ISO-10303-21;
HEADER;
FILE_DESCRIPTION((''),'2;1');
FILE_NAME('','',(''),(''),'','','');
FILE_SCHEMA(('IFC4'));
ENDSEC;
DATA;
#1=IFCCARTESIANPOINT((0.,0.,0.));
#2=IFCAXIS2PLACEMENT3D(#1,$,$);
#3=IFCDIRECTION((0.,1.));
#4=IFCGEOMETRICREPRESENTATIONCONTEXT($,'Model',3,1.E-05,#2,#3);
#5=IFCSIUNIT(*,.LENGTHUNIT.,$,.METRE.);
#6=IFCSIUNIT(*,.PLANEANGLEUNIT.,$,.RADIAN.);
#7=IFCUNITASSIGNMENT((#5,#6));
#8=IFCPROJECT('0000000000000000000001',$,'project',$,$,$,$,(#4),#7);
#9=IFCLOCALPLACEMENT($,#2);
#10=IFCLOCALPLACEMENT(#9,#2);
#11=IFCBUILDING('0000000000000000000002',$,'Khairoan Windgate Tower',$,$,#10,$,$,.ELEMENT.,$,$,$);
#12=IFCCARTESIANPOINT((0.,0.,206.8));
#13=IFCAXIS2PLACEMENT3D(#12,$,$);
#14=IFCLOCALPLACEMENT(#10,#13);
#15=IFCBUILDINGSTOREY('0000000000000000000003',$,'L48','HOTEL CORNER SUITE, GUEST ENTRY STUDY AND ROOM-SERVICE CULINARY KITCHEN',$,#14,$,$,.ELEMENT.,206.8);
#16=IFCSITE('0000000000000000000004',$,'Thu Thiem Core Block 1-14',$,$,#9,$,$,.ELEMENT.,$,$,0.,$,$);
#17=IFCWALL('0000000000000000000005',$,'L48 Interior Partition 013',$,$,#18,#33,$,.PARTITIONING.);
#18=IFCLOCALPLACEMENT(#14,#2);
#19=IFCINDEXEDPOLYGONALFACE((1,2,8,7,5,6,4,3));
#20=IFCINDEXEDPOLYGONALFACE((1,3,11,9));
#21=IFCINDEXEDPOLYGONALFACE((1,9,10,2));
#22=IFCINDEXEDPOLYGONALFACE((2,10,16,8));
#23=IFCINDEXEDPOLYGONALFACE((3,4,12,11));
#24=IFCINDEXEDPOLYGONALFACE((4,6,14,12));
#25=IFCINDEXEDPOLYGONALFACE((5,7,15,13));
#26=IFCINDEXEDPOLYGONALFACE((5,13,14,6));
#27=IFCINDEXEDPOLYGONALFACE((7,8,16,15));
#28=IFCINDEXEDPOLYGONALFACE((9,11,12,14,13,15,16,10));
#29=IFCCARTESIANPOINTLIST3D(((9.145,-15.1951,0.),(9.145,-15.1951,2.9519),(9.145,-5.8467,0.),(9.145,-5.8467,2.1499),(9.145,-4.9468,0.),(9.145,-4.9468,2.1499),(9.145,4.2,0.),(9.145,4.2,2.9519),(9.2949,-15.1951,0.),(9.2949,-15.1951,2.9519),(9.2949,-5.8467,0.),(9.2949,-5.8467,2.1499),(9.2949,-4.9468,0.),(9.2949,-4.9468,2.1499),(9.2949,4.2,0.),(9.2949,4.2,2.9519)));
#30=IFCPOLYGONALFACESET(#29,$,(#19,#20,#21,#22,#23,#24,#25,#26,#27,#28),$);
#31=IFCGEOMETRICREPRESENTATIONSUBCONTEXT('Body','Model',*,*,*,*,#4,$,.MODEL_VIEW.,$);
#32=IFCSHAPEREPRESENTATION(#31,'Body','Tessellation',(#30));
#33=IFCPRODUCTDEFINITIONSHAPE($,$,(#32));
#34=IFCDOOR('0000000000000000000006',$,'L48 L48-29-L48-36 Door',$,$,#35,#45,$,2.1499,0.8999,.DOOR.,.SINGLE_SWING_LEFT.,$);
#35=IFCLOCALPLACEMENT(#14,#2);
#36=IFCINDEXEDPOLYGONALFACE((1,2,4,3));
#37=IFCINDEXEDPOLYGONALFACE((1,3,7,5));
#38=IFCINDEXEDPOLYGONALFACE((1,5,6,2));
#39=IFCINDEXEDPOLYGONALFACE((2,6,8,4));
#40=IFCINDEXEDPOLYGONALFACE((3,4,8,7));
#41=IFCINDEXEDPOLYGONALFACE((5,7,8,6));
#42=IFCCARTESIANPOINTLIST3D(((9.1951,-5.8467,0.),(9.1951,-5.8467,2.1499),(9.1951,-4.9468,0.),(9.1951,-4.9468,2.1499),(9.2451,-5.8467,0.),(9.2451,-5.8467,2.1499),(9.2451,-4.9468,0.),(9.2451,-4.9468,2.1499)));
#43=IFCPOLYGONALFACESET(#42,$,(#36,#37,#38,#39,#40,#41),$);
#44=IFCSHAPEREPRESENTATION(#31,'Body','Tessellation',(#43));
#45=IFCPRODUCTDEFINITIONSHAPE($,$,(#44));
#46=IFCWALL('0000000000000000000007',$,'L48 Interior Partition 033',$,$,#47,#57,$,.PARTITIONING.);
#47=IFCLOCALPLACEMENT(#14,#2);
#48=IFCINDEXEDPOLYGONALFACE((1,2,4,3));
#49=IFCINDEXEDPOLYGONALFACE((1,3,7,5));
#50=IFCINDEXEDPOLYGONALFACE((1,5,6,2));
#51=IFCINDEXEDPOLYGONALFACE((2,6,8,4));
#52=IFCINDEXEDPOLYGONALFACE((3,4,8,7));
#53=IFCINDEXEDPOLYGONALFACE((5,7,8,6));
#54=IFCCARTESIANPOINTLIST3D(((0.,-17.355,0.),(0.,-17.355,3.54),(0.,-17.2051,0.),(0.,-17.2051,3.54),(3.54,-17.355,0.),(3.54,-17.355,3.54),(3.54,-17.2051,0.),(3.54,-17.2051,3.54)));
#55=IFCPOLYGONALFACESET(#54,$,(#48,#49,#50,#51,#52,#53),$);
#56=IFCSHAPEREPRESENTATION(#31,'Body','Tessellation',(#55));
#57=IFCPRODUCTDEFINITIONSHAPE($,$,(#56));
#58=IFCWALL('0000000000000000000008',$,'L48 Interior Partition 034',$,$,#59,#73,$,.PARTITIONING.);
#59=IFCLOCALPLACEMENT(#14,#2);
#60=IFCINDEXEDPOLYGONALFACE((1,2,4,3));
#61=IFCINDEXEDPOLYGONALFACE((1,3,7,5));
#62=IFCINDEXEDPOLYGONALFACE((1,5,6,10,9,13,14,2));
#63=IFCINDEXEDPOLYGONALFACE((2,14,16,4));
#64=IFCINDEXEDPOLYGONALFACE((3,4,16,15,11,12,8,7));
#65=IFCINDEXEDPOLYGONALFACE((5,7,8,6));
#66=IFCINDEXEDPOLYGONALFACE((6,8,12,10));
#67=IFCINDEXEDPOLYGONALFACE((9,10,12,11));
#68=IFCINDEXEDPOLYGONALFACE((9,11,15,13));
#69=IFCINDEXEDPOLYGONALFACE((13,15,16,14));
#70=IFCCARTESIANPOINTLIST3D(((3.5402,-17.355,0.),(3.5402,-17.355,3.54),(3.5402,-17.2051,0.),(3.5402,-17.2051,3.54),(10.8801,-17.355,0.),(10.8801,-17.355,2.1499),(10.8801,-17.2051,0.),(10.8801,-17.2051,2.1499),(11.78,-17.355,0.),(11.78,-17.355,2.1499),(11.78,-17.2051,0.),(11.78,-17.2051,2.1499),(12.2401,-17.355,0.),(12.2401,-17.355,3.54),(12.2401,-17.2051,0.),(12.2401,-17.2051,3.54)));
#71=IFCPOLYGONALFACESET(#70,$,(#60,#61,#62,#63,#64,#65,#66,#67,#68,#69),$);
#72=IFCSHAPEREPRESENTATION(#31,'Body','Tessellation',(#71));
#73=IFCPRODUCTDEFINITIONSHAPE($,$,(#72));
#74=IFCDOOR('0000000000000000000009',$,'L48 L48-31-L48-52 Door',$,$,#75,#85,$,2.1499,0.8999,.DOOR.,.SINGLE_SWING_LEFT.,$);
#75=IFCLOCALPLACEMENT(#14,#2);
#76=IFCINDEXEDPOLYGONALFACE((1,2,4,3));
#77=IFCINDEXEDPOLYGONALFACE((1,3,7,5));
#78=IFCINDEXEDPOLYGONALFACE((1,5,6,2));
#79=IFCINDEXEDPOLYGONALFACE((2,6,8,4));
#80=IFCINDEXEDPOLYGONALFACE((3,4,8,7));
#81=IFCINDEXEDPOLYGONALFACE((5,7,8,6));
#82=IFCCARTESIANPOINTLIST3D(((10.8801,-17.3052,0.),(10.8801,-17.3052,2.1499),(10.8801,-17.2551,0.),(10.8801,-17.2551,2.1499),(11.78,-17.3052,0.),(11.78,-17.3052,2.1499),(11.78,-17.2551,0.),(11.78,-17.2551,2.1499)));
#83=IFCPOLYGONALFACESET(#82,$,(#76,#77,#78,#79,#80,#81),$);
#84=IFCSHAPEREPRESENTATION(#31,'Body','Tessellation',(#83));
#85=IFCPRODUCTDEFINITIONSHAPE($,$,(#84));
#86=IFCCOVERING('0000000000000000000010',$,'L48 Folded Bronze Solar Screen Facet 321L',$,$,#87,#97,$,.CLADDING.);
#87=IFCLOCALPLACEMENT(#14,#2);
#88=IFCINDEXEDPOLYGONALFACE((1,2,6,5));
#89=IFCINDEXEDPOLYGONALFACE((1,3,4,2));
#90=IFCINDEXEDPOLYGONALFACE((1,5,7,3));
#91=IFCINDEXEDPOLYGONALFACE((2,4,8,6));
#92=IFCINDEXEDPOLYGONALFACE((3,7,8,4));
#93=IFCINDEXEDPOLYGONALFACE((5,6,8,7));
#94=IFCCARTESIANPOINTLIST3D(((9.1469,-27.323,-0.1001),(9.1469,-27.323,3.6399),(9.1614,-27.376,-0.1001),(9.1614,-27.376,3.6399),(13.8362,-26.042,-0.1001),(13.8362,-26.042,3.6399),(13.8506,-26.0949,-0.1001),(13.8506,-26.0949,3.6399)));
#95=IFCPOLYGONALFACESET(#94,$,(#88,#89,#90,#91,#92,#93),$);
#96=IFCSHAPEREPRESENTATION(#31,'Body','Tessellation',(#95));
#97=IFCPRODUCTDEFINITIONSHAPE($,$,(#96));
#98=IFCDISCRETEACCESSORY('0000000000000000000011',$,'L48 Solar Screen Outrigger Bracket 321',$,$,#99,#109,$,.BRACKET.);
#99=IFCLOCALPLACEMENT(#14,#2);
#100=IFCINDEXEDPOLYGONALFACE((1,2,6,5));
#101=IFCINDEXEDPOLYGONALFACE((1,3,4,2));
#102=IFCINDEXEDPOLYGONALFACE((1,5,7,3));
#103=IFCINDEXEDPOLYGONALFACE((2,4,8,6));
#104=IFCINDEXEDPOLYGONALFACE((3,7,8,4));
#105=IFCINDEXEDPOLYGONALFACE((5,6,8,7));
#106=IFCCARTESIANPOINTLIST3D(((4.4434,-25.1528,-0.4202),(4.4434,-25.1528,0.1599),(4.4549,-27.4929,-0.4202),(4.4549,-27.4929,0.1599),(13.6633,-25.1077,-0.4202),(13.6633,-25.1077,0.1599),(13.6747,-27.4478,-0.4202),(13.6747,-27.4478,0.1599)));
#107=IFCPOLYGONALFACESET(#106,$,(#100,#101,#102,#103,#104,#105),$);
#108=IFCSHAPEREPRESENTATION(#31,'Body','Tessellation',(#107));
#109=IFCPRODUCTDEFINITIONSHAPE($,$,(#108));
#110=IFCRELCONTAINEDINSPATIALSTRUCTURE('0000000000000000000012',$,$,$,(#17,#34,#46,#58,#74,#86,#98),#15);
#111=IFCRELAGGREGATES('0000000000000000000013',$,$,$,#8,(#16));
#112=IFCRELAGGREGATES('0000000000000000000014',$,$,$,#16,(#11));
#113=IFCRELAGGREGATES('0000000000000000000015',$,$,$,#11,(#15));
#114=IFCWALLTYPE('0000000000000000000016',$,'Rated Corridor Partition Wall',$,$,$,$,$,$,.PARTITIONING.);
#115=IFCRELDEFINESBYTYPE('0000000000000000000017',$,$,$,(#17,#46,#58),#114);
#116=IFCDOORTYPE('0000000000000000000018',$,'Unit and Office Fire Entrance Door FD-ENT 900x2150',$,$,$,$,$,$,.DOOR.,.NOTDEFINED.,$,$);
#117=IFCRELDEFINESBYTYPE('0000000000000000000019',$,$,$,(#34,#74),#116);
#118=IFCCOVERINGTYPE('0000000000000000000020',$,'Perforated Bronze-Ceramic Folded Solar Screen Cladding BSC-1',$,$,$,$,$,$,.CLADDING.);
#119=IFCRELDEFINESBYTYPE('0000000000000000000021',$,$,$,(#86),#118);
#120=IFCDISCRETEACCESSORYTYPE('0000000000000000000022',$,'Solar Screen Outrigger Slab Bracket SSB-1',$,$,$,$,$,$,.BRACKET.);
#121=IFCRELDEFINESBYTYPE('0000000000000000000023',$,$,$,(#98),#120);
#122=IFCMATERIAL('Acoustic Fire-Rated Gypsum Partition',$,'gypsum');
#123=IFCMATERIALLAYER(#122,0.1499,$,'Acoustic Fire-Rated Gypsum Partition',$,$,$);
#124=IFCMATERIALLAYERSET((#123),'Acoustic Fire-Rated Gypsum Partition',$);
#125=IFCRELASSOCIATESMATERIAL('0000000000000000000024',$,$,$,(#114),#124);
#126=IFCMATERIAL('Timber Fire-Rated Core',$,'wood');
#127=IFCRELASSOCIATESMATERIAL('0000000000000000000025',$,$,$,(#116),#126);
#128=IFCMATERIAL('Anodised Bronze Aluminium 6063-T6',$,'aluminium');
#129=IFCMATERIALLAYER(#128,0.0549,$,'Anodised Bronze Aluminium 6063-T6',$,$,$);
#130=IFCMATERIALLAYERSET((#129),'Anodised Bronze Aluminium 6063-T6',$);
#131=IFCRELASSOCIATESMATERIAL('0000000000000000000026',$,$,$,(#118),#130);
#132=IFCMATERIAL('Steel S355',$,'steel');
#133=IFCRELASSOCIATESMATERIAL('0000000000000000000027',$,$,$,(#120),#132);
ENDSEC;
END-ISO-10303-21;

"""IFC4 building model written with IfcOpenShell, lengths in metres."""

from ifc_helpers import new_model, si_unit, direction, frame, frame_2d, origin, origin_2d, place, context, subcontext, project, spatial, rectangle, extrude, material, layer, layer_set, type_object, element, fill, save


model = new_model("IFC4")

# Units and contexts
model_context = context("Model", 3, precision=1e-05, world=origin(), true_north=direction((0.0, 1.0)))
body_context = subcontext(model_context, "Body", "Model", "MODEL_VIEW")
ifc_project = project(units=[si_unit("LENGTHUNIT", "METRE"), si_unit("PLANEANGLEUNIT", "RADIAN")], contexts=[model_context])

# Site, building, storey
site_placement = place(None, origin())
site = spatial("IfcSite", under=ifc_project, at=site_placement, Name="Thu Thiem Core Block 1-14", CompositionType="ELEMENT", RefElevation=0.0)
building_placement = place(site_placement, origin())
building = spatial("IfcBuilding", under=site, at=building_placement, Name="Khairoan Windgate Tower", CompositionType="ELEMENT")
storey_placement = place(building_placement, frame((0.0, 0.0, 206.8)))
storey = spatial("IfcBuildingStorey", under=building, at=storey_placement, Name="L48", Description="HOTEL CORNER SUITE, GUEST ENTRY STUDY AND ROOM-SERVICE CULINARY KITCHEN", CompositionType="ELEMENT", Elevation=206.8)

# Wall, opening, door
ifc_material_1 = material(Name="Acoustic Fire-Rated Gypsum Partition", Category="gypsum")
ifc_layer_1 = layer(ifc_material_1, 0.1499, Name="Acoustic Fire-Rated Gypsum Partition")
ifc_layer_set_1 = layer_set([ifc_layer_1], Name="Acoustic Fire-Rated Gypsum Partition")
wall_type_1 = type_object("IfcWallType", Name="Rated Corridor Partition Wall", PredefinedType="PARTITIONING", material=ifc_layer_set_1)
wall_1_placement = place(storey_placement, frame((9.22, -15.1951, 0.0), z_axis=(0.0, 0.0, 1.0), x_axis=(0.0, 1.0, 0.0)))
wall_1 = element("IfcWall", 1, at=wall_1_placement, inside=storey, type_object=wall_type_1, Name="L48 Interior Partition 013", PredefinedType="PARTITIONING", context=body_context, shape_type="SweptSolid", body=[
    extrude(rectangle(XDim=19.395, YDim=0.1499, at=frame_2d((9.6975, 0.0))), origin(), (0.0, 0.0, 1.0), 2.9519),
])
opening_1_placement = place(wall_1_placement, frame((9.3484, 0.0, 0.0)))
opening_1 = element("IfcOpeningElement", 2, at=opening_1_placement, cuts=wall_1, PredefinedType="OPENING", context=body_context, shape_type="SweptSolid", body=[
    extrude(rectangle(XDim=0.8999, YDim=2.1499, at=frame_2d((0.45, 1.075))), frame((0.0, 0.085, 0.0), z_axis=(0.0, -1.0, 0.0), x_axis=(1.0, 0.0, 0.0)), (0.0, 0.0, 1.0), 0.1699),
])
ifc_material_2 = material(Name="Timber Fire-Rated Core", Category="wood")
door_type_1 = type_object("IfcDoorType", Name="Unit and Office Fire Entrance Door FD-ENT 900x2150", OperationType="NOTDEFINED", PredefinedType="DOOR", material=ifc_material_2)
door_1_placement = place(opening_1_placement, origin())
door_1 = element("IfcDoor", 3, at=door_1_placement, inside=storey, type_object=door_type_1, Name="L48 L48-29-L48-36 Door", OperationType="SINGLE_SWING_LEFT", OverallHeight=2.1499, OverallWidth=0.8999, PredefinedType="DOOR", context=body_context, shape_type="SweptSolid", body=[
    extrude(rectangle(XDim=0.8999, YDim=2.1499, at=frame_2d((0.45, 1.075))), frame((0.0, 0.0249, 0.0), z_axis=(0.0, -1.0, 0.0), x_axis=(1.0, 0.0, 0.0)), (0.0, 0.0, 1.0), 0.05),
])
fill(opening_1, door_1)

# Wall
wall_2_placement = place(storey_placement, frame((0.0, -17.28, 0.0), z_axis=(0.0, 0.0, 1.0), x_axis=(1.0, 0.0, 0.0)))
element("IfcWall", 4, at=wall_2_placement, inside=storey, type_object=wall_type_1, Name="L48 Interior Partition 033", PredefinedType="PARTITIONING", context=body_context, shape_type="SweptSolid", body=[
    extrude(rectangle(XDim=3.54, YDim=0.1499, at=frame_2d((1.77, 0.0))), origin(), (0.0, 0.0, 1.0), 3.54),
])

# Wall, opening, door
wall_3_placement = place(storey_placement, frame((3.54, -17.28, 0.0), z_axis=(0.0, 0.0, 1.0), x_axis=(1.0, 0.0, 0.0)))
wall_3 = element("IfcWall", 5, at=wall_3_placement, inside=storey, type_object=wall_type_1, Name="L48 Interior Partition 034", PredefinedType="PARTITIONING", context=body_context, shape_type="SweptSolid", body=[
    extrude(rectangle(XDim=8.7, YDim=0.1499, at=frame_2d((4.3501, 0.0))), origin(), (0.0, 0.0, 1.0), 3.54),
])
opening_2_placement = place(wall_3_placement, frame((7.3401, 0.0, 0.0)))
opening_2 = element("IfcOpeningElement", 6, at=opening_2_placement, cuts=wall_3, PredefinedType="OPENING", context=body_context, shape_type="SweptSolid", body=[
    extrude(rectangle(XDim=0.8999, YDim=2.1499, at=frame_2d((0.45, 1.075))), frame((0.0, 0.085, 0.0), z_axis=(0.0, -1.0, 0.0), x_axis=(1.0, 0.0, 0.0)), (0.0, 0.0, 1.0), 0.1699),
])
door_2_placement = place(opening_2_placement, origin())
door_2 = element("IfcDoor", 7, at=door_2_placement, inside=storey, type_object=door_type_1, Name="L48 L48-31-L48-52 Door", OperationType="SINGLE_SWING_LEFT", OverallHeight=2.1499, OverallWidth=0.8999, PredefinedType="DOOR", context=body_context, shape_type="SweptSolid", body=[
    extrude(rectangle(XDim=0.8999, YDim=2.1499, at=frame_2d((0.45, 1.075))), frame((0.0, 0.0249, 0.0), z_axis=(0.0, -1.0, 0.0), x_axis=(1.0, 0.0, 0.0)), (0.0, 0.0, 1.0), 0.05),
])
fill(opening_2, door_2)

# Covering
ifc_material_3 = material(Name="Anodised Bronze Aluminium 6063-T6", Category="aluminium")
ifc_layer_2 = layer(ifc_material_3, 0.0549, Name="Anodised Bronze Aluminium 6063-T6")
ifc_layer_set_2 = layer_set([ifc_layer_2], Name="Anodised Bronze Aluminium 6063-T6")
covering_type = type_object("IfcCoveringType", Name="Perforated Bronze-Ceramic Folded Solar Screen Cladding BSC-1", PredefinedType="CLADDING", material=ifc_layer_set_2)
covering_placement = place(storey_placement, frame((11.4988, -26.709, -0.1001), z_axis=(0.0, 0.0, 1.0), x_axis=(-0.964649, -0.263536, 0.0)))
element("IfcCovering", 8, at=covering_placement, inside=storey, type_object=covering_type, Name="L48 Folded Bronze Solar Screen Facet 321L", PredefinedType="CLADDING", context=body_context, shape_type="SweptSolid", body=[
    extrude(rectangle(XDim=4.8611, YDim=0.0549, at=origin_2d()), origin(), (0.0, 0.0, 1.0), 3.74),
])

# Discrete accessory
ifc_material_4 = material(Name="Steel S355", Category="steel")
discrete_accessory_type = type_object("IfcDiscreteAccessoryType", Name="Solar Screen Outrigger Slab Bracket SSB-1", PredefinedType="BRACKET", material=ifc_material_4)
discrete_accessory_placement = place(storey_placement, frame((9.0591, -26.3003, -0.4202), z_axis=(0.0, 0.0, 1.0), x_axis=(-0.999988, -0.004887, 0.0)))
element("IfcDiscreteAccessory", 9, at=discrete_accessory_placement, inside=storey, type_object=discrete_accessory_type, Name="L48 Solar Screen Outrigger Bracket 321", PredefinedType="BRACKET", context=body_context, shape_type="SweptSolid", body=[
    extrude(rectangle(XDim=9.22, YDim=2.3401, at=origin_2d()), origin(), (0.0, 0.0, 1.0), 0.5801),
])

save(model, "model.ifc")
